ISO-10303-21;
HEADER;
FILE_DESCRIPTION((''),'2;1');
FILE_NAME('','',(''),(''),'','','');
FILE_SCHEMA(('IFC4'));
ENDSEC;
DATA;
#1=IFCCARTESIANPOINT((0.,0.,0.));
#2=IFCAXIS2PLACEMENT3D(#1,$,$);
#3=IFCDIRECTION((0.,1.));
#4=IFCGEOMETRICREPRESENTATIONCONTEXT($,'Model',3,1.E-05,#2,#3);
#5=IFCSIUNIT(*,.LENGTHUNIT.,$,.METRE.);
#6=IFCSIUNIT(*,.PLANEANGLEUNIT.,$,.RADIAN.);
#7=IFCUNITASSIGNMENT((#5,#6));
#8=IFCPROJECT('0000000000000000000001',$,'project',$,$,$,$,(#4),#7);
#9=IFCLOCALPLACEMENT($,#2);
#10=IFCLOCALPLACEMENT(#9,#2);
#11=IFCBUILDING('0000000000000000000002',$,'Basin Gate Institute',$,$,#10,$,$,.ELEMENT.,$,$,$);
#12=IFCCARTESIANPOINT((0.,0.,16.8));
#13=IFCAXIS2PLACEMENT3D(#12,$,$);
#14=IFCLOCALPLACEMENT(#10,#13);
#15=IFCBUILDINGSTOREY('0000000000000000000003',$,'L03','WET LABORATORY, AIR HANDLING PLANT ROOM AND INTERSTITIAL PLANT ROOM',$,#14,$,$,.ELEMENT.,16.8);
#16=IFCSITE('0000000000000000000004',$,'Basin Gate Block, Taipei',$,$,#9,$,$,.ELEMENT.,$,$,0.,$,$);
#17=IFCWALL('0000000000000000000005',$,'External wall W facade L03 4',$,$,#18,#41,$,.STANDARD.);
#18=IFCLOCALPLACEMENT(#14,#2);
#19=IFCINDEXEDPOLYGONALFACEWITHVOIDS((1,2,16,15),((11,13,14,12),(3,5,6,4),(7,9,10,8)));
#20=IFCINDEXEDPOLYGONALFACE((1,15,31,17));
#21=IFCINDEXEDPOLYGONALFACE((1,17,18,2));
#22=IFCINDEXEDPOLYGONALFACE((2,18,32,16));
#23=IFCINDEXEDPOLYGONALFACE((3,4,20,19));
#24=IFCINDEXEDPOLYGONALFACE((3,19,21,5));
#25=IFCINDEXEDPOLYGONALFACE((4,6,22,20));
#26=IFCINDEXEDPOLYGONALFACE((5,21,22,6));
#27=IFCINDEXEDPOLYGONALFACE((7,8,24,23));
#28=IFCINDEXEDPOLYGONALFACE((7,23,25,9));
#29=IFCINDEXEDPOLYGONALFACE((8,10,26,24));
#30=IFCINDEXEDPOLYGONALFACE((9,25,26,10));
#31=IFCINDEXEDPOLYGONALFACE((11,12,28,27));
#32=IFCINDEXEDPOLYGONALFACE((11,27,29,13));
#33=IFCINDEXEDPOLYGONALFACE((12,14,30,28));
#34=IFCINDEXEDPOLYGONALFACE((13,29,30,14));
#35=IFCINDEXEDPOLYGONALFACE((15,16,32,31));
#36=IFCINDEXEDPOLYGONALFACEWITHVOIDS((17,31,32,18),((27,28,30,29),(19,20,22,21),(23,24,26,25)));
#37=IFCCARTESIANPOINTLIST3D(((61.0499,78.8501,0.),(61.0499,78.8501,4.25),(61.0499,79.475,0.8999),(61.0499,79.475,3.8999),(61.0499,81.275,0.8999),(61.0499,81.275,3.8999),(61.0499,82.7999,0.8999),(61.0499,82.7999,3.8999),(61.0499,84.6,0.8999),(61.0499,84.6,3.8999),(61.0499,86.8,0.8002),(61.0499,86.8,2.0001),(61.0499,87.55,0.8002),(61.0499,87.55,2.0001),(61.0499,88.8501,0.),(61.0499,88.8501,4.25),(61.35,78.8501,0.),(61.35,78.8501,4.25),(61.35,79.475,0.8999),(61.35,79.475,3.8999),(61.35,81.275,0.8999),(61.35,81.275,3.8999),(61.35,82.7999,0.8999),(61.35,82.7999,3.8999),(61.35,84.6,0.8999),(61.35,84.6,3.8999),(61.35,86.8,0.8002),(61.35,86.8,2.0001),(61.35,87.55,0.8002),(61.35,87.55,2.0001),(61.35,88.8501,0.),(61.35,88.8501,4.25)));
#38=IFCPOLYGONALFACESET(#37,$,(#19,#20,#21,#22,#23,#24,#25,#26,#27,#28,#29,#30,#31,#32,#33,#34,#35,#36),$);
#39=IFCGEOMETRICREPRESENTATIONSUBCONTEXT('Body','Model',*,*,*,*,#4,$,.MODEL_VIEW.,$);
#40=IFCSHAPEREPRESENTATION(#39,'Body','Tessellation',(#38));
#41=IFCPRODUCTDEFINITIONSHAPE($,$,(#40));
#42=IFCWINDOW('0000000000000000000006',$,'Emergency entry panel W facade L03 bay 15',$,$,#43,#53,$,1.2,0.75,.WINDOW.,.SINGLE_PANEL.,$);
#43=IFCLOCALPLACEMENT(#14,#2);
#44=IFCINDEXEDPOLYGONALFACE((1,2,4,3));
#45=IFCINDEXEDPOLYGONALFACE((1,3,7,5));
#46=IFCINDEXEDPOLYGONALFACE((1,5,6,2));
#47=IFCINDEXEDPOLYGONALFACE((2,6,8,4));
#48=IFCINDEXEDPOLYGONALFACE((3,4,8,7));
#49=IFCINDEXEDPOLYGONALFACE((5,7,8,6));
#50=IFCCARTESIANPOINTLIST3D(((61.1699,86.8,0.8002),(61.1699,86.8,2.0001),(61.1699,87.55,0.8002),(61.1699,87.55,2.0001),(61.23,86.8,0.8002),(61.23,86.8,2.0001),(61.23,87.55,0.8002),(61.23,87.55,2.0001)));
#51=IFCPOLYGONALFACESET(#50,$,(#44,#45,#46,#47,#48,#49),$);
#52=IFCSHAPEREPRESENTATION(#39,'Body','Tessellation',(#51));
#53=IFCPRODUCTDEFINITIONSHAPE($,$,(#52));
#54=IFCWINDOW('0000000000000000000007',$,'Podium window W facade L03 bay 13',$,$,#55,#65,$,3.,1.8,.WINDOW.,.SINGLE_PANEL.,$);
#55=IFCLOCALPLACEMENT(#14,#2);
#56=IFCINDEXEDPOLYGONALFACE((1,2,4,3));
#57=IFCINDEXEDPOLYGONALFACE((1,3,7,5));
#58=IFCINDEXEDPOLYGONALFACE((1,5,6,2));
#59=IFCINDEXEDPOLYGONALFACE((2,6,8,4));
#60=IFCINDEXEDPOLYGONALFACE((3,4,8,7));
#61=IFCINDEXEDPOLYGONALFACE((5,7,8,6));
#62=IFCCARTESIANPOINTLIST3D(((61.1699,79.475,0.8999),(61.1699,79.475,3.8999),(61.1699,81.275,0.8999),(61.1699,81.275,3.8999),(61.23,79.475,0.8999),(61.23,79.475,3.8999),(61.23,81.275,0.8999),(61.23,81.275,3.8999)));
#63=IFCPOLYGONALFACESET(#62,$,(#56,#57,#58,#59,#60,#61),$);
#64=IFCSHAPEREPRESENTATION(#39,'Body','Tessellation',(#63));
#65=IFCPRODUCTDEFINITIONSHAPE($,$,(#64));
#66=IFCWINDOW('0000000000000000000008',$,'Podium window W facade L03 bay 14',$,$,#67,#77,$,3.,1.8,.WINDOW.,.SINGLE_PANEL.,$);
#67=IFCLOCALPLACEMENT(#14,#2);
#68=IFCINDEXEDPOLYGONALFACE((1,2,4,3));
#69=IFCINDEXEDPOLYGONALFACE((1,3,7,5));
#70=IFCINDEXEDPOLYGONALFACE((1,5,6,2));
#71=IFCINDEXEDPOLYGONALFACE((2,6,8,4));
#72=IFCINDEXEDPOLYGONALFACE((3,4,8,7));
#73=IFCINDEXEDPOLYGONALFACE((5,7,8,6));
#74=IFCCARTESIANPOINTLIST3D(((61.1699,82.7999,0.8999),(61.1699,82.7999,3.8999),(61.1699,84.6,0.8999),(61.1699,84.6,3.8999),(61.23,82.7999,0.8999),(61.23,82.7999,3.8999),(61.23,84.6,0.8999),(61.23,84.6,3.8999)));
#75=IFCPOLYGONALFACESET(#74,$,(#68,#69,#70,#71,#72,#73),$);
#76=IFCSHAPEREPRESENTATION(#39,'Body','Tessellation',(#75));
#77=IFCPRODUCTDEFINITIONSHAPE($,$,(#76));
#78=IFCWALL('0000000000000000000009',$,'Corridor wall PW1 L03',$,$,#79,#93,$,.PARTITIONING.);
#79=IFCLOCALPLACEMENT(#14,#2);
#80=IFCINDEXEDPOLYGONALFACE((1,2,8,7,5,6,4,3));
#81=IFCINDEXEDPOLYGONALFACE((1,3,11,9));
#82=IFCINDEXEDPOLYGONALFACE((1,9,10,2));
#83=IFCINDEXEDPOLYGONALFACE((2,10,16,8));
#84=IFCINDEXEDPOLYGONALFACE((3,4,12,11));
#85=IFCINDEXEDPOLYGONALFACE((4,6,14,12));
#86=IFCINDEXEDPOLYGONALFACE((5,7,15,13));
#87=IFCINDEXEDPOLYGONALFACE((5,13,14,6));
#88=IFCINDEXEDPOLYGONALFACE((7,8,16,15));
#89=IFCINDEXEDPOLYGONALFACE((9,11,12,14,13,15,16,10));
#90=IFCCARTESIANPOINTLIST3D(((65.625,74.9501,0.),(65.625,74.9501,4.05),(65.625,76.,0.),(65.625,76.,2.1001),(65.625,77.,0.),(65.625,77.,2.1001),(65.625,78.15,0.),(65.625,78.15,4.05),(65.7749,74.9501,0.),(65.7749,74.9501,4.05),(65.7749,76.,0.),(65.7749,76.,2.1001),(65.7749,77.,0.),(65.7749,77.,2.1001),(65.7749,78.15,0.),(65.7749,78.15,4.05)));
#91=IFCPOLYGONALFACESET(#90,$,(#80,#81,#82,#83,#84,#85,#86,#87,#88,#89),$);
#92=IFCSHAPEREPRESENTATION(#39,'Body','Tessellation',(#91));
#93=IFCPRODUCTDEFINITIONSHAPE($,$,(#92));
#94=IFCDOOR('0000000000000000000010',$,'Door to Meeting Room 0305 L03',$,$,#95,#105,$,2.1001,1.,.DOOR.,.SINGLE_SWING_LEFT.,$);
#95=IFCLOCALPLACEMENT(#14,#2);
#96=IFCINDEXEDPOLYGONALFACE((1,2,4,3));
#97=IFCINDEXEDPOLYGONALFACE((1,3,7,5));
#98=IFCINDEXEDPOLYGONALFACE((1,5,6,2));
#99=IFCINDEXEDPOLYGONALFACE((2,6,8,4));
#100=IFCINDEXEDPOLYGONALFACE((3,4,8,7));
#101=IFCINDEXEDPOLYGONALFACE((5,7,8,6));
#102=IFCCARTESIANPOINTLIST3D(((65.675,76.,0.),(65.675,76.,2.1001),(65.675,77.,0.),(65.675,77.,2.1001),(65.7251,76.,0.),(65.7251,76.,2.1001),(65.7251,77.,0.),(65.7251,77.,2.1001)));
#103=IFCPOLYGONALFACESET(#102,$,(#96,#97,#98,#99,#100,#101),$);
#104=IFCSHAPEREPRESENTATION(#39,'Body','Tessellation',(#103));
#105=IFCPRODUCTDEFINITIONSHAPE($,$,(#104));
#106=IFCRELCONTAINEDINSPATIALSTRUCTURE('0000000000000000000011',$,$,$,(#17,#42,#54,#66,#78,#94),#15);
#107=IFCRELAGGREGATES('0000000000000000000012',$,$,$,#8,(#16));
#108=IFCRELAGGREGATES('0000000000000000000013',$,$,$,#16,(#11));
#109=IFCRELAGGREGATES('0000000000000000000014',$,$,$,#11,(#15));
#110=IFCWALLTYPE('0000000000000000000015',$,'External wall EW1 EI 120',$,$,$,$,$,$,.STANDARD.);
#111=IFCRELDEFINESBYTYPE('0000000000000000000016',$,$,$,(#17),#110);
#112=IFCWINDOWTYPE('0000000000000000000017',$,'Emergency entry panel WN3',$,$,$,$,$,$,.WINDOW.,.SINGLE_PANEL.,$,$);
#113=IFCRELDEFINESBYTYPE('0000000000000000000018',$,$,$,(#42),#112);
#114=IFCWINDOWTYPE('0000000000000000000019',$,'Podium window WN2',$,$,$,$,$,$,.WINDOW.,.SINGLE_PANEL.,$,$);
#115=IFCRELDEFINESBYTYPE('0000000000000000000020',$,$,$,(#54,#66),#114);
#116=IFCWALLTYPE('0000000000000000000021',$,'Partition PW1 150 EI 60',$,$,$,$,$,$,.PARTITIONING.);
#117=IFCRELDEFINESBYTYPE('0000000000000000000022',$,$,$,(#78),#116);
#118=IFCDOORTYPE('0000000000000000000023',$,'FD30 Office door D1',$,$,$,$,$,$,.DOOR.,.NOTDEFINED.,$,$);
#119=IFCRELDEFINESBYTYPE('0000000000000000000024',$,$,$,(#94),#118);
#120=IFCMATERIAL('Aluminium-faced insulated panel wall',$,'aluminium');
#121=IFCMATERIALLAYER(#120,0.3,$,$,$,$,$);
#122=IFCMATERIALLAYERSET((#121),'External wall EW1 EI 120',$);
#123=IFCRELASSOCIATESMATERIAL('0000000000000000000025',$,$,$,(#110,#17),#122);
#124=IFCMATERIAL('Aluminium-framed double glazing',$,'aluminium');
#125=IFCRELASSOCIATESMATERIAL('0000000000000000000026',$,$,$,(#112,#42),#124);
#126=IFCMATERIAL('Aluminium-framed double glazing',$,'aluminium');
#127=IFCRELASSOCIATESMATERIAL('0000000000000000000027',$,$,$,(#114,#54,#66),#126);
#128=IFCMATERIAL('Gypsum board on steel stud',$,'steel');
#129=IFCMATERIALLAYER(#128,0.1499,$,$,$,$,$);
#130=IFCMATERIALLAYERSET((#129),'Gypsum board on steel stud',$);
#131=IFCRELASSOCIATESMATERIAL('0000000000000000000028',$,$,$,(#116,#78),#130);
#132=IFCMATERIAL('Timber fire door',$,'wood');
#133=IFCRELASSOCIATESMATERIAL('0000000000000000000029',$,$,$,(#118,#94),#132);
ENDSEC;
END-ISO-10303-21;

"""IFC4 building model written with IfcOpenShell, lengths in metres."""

from ifc_helpers import new_model, si_unit, direction, frame, frame_2d, origin, place, context, subcontext, project, spatial, rectangle, extrude, material, layer, layer_set, type_object, element, fill, save


model = new_model("IFC4")

# Units and contexts
model_context = context("Model", 3, precision=1e-05, world=origin(), true_north=direction((0.0, 1.0)))
body_context = subcontext(model_context, "Body", "Model", "MODEL_VIEW")
ifc_project = project(units=[si_unit("LENGTHUNIT", "METRE"), si_unit("PLANEANGLEUNIT", "RADIAN")], contexts=[model_context])

# Site, building, storey
site_placement = place(None, origin())
site = spatial("IfcSite", under=ifc_project, at=site_placement, Name="Basin Gate Block, Taipei", CompositionType="ELEMENT", RefElevation=0.0)
building_placement = place(site_placement, origin())
building = spatial("IfcBuilding", under=site, at=building_placement, Name="Basin Gate Institute", CompositionType="ELEMENT")
storey_placement = place(building_placement, frame((0.0, 0.0, 16.8)))
storey = spatial("IfcBuildingStorey", under=building, at=storey_placement, Name="L03", Description="WET LABORATORY, AIR HANDLING PLANT ROOM AND INTERSTITIAL PLANT ROOM", CompositionType="ELEMENT", Elevation=16.8)

# Shared definitions
ifc_material_1 = material(Name="Aluminium-faced insulated panel wall", Category="aluminium")
ifc_layer_1 = layer(ifc_material_1, 0.3)
ifc_layer_set_1 = layer_set([ifc_layer_1], Name="External wall EW1 EI 120")
wall_type_1 = type_object("IfcWallType", Name="External wall EW1 EI 120", PredefinedType="STANDARD", material=ifc_layer_set_1)
ifc_material_2 = material(Name="Aluminium-framed double glazing", Category="aluminium")
window_type_1 = type_object("IfcWindowType", Name="Emergency entry panel WN3", PartitioningType="SINGLE_PANEL", PredefinedType="WINDOW", material=ifc_material_2)

# Wall, openings, windows
wall_1_placement = place(storey_placement, frame((61.2, 78.8501, 0.0), z_axis=(0.0, 0.0, 1.0), x_axis=(0.0, 1.0, 0.0)))
wall_1 = element("IfcWall", 1, at=wall_1_placement, inside=storey, type_object=wall_type_1, material=ifc_layer_set_1, Name="External wall W facade L03 4", PredefinedType="STANDARD", context=body_context, shape_type="SweptSolid", body=[
    extrude(rectangle(XDim=10.0, YDim=0.3, at=frame_2d((5.0, 0.0))), origin(), (0.0, 0.0, 1.0), 4.25),
])
opening_1_placement = place(wall_1_placement, frame((0.625, 0.0, 0.8999)))
opening_1 = element("IfcOpeningElement", 2, at=opening_1_placement, cuts=wall_1, PredefinedType="OPENING", context=body_context, shape_type="SweptSolid", body=[
    extrude(rectangle(XDim=1.8, YDim=3.0, at=frame_2d((0.8999, 1.5))), frame((0.0, 0.1602, 0.0), z_axis=(0.0, -1.0, 0.0), x_axis=(1.0, 0.0, 0.0)), (0.0, 0.0, 1.0), 0.3201),
])
opening_2_placement = place(wall_1_placement, frame((3.95, 0.0, 0.8999)))
opening_2 = element("IfcOpeningElement", 3, at=opening_2_placement, cuts=wall_1, PredefinedType="OPENING", context=body_context, shape_type="SweptSolid", body=[
    extrude(rectangle(XDim=1.8, YDim=3.0, at=frame_2d((0.8999, 1.5))), frame((0.0, 0.1602, 0.0), z_axis=(0.0, -1.0, 0.0), x_axis=(1.0, 0.0, 0.0)), (0.0, 0.0, 1.0), 0.3201),
])
opening_3_placement = place(wall_1_placement, frame((7.95, 0.0, 0.8)))
opening_3 = element("IfcOpeningElement", 4, at=opening_3_placement, cuts=wall_1, PredefinedType="OPENING", context=body_context, shape_type="SweptSolid", body=[
    extrude(rectangle(XDim=0.75, YDim=1.2, at=frame_2d((0.375, 0.6001))), frame((0.0, 0.1602, 0.0), z_axis=(0.0, -1.0, 0.0), x_axis=(1.0, 0.0, 0.0)), (0.0, 0.0, 1.0), 0.3201),
])
window_1_placement = place(opening_3_placement, origin())
window_1 = element("IfcWindow", 5, at=window_1_placement, inside=storey, type_object=window_type_1, material=ifc_material_2, Name="Emergency entry panel W facade L03 bay 15", OverallHeight=1.2, OverallWidth=0.75, PartitioningType="SINGLE_PANEL", PredefinedType="WINDOW", context=body_context, shape_type="SweptSolid", body=[
    extrude(rectangle(XDim=0.75, YDim=1.2, at=frame_2d((0.375, 0.6001))), frame((0.0, 0.03, 0.0), z_axis=(0.0, -1.0, 0.0), x_axis=(1.0, 0.0, 0.0)), (0.0, 0.0, 1.0), 0.0601),
])
fill(opening_3, window_1)
ifc_material_3 = material(Name="Aluminium-framed double glazing", Category="aluminium")
window_type_2 = type_object("IfcWindowType", Name="Podium window WN2", PartitioningType="SINGLE_PANEL", PredefinedType="WINDOW", material=ifc_material_3)
window_2_placement = place(opening_1_placement, origin())
window_2 = element("IfcWindow", 6, at=window_2_placement, inside=storey, type_object=window_type_2, material=ifc_material_3, Name="Podium window W facade L03 bay 13", OverallHeight=3.0, OverallWidth=1.8, PartitioningType="SINGLE_PANEL", PredefinedType="WINDOW", context=body_context, shape_type="SweptSolid", body=[
    extrude(rectangle(XDim=1.8, YDim=3.0, at=frame_2d((0.8999, 1.5))), frame((0.0, 0.03, 0.0), z_axis=(0.0, -1.0, 0.0), x_axis=(1.0, 0.0, 0.0)), (0.0, 0.0, 1.0), 0.0601),
])
fill(opening_1, window_2)
window_3_placement = place(opening_2_placement, origin())
window_3 = element("IfcWindow", 7, at=window_3_placement, inside=storey, type_object=window_type_2, material=ifc_material_3, Name="Podium window W facade L03 bay 14", OverallHeight=3.0, OverallWidth=1.8, PartitioningType="SINGLE_PANEL", PredefinedType="WINDOW", context=body_context, shape_type="SweptSolid", body=[
    extrude(rectangle(XDim=1.8, YDim=3.0, at=frame_2d((0.8999, 1.5))), frame((0.0, 0.03, 0.0), z_axis=(0.0, -1.0, 0.0), x_axis=(1.0, 0.0, 0.0)), (0.0, 0.0, 1.0), 0.0601),
])
fill(opening_2, window_3)

# Wall, opening, door
ifc_material_4 = material(Name="Gypsum board on steel stud", Category="steel")
ifc_layer_2 = layer(ifc_material_4, 0.1499)
ifc_layer_set_2 = layer_set([ifc_layer_2], Name="Gypsum board on steel stud")
wall_type_2 = type_object("IfcWallType", Name="Partition PW1 150 EI 60", PredefinedType="PARTITIONING", material=ifc_layer_set_2)
wall_2_placement = place(storey_placement, frame((65.7, 74.95, 0.0), z_axis=(0.0, 0.0, 1.0), x_axis=(0.0, 1.0, 0.0)))
wall_2 = element("IfcWall", 8, at=wall_2_placement, inside=storey, type_object=wall_type_2, material=ifc_layer_set_2, Name="Corridor wall PW1 L03", PredefinedType="PARTITIONING", context=body_context, shape_type="SweptSolid", body=[
    extrude(rectangle(XDim=3.2, YDim=0.1499, at=frame_2d((1.6001, 0.0))), origin(), (0.0, 0.0, 1.0), 4.05),
])
opening_4_placement = place(wall_2_placement, frame((1.05, 0.0, 0.0)))
opening_4 = element("IfcOpeningElement", 9, at=opening_4_placement, cuts=wall_2, PredefinedType="OPENING", context=body_context, shape_type="SweptSolid", body=[
    extrude(rectangle(XDim=1.0, YDim=2.1001, at=frame_2d((0.5, 1.05))), frame((0.0, 0.085, 0.0), z_axis=(0.0, -1.0, 0.0), x_axis=(1.0, 0.0, 0.0)), (0.0, 0.0, 1.0), 0.1699),
])
ifc_material_5 = material(Name="Timber fire door", Category="wood")
door_type_1 = type_object("IfcDoorType", Name="FD30 Office door D1", OperationType="NOTDEFINED", PredefinedType="DOOR", material=ifc_material_5)
door_1_placement = place(opening_4_placement, origin())
door_1 = element("IfcDoor", 10, at=door_1_placement, inside=storey, type_object=door_type_1, material=ifc_material_5, Name="Door to Meeting Room 0305 L03", OperationType="SINGLE_SWING_LEFT", OverallHeight=2.1001, OverallWidth=1.0, PredefinedType="DOOR", context=body_context, shape_type="SweptSolid", body=[
    extrude(rectangle(XDim=1.0, YDim=2.1001, at=frame_2d((0.5, 1.05))), frame((0.0, 0.0249, 0.0), z_axis=(0.0, -1.0, 0.0), x_axis=(1.0, 0.0, 0.0)), (0.0, 0.0, 1.0), 0.05),
])
fill(opening_4, door_1)

save(model, "model.ifc")
